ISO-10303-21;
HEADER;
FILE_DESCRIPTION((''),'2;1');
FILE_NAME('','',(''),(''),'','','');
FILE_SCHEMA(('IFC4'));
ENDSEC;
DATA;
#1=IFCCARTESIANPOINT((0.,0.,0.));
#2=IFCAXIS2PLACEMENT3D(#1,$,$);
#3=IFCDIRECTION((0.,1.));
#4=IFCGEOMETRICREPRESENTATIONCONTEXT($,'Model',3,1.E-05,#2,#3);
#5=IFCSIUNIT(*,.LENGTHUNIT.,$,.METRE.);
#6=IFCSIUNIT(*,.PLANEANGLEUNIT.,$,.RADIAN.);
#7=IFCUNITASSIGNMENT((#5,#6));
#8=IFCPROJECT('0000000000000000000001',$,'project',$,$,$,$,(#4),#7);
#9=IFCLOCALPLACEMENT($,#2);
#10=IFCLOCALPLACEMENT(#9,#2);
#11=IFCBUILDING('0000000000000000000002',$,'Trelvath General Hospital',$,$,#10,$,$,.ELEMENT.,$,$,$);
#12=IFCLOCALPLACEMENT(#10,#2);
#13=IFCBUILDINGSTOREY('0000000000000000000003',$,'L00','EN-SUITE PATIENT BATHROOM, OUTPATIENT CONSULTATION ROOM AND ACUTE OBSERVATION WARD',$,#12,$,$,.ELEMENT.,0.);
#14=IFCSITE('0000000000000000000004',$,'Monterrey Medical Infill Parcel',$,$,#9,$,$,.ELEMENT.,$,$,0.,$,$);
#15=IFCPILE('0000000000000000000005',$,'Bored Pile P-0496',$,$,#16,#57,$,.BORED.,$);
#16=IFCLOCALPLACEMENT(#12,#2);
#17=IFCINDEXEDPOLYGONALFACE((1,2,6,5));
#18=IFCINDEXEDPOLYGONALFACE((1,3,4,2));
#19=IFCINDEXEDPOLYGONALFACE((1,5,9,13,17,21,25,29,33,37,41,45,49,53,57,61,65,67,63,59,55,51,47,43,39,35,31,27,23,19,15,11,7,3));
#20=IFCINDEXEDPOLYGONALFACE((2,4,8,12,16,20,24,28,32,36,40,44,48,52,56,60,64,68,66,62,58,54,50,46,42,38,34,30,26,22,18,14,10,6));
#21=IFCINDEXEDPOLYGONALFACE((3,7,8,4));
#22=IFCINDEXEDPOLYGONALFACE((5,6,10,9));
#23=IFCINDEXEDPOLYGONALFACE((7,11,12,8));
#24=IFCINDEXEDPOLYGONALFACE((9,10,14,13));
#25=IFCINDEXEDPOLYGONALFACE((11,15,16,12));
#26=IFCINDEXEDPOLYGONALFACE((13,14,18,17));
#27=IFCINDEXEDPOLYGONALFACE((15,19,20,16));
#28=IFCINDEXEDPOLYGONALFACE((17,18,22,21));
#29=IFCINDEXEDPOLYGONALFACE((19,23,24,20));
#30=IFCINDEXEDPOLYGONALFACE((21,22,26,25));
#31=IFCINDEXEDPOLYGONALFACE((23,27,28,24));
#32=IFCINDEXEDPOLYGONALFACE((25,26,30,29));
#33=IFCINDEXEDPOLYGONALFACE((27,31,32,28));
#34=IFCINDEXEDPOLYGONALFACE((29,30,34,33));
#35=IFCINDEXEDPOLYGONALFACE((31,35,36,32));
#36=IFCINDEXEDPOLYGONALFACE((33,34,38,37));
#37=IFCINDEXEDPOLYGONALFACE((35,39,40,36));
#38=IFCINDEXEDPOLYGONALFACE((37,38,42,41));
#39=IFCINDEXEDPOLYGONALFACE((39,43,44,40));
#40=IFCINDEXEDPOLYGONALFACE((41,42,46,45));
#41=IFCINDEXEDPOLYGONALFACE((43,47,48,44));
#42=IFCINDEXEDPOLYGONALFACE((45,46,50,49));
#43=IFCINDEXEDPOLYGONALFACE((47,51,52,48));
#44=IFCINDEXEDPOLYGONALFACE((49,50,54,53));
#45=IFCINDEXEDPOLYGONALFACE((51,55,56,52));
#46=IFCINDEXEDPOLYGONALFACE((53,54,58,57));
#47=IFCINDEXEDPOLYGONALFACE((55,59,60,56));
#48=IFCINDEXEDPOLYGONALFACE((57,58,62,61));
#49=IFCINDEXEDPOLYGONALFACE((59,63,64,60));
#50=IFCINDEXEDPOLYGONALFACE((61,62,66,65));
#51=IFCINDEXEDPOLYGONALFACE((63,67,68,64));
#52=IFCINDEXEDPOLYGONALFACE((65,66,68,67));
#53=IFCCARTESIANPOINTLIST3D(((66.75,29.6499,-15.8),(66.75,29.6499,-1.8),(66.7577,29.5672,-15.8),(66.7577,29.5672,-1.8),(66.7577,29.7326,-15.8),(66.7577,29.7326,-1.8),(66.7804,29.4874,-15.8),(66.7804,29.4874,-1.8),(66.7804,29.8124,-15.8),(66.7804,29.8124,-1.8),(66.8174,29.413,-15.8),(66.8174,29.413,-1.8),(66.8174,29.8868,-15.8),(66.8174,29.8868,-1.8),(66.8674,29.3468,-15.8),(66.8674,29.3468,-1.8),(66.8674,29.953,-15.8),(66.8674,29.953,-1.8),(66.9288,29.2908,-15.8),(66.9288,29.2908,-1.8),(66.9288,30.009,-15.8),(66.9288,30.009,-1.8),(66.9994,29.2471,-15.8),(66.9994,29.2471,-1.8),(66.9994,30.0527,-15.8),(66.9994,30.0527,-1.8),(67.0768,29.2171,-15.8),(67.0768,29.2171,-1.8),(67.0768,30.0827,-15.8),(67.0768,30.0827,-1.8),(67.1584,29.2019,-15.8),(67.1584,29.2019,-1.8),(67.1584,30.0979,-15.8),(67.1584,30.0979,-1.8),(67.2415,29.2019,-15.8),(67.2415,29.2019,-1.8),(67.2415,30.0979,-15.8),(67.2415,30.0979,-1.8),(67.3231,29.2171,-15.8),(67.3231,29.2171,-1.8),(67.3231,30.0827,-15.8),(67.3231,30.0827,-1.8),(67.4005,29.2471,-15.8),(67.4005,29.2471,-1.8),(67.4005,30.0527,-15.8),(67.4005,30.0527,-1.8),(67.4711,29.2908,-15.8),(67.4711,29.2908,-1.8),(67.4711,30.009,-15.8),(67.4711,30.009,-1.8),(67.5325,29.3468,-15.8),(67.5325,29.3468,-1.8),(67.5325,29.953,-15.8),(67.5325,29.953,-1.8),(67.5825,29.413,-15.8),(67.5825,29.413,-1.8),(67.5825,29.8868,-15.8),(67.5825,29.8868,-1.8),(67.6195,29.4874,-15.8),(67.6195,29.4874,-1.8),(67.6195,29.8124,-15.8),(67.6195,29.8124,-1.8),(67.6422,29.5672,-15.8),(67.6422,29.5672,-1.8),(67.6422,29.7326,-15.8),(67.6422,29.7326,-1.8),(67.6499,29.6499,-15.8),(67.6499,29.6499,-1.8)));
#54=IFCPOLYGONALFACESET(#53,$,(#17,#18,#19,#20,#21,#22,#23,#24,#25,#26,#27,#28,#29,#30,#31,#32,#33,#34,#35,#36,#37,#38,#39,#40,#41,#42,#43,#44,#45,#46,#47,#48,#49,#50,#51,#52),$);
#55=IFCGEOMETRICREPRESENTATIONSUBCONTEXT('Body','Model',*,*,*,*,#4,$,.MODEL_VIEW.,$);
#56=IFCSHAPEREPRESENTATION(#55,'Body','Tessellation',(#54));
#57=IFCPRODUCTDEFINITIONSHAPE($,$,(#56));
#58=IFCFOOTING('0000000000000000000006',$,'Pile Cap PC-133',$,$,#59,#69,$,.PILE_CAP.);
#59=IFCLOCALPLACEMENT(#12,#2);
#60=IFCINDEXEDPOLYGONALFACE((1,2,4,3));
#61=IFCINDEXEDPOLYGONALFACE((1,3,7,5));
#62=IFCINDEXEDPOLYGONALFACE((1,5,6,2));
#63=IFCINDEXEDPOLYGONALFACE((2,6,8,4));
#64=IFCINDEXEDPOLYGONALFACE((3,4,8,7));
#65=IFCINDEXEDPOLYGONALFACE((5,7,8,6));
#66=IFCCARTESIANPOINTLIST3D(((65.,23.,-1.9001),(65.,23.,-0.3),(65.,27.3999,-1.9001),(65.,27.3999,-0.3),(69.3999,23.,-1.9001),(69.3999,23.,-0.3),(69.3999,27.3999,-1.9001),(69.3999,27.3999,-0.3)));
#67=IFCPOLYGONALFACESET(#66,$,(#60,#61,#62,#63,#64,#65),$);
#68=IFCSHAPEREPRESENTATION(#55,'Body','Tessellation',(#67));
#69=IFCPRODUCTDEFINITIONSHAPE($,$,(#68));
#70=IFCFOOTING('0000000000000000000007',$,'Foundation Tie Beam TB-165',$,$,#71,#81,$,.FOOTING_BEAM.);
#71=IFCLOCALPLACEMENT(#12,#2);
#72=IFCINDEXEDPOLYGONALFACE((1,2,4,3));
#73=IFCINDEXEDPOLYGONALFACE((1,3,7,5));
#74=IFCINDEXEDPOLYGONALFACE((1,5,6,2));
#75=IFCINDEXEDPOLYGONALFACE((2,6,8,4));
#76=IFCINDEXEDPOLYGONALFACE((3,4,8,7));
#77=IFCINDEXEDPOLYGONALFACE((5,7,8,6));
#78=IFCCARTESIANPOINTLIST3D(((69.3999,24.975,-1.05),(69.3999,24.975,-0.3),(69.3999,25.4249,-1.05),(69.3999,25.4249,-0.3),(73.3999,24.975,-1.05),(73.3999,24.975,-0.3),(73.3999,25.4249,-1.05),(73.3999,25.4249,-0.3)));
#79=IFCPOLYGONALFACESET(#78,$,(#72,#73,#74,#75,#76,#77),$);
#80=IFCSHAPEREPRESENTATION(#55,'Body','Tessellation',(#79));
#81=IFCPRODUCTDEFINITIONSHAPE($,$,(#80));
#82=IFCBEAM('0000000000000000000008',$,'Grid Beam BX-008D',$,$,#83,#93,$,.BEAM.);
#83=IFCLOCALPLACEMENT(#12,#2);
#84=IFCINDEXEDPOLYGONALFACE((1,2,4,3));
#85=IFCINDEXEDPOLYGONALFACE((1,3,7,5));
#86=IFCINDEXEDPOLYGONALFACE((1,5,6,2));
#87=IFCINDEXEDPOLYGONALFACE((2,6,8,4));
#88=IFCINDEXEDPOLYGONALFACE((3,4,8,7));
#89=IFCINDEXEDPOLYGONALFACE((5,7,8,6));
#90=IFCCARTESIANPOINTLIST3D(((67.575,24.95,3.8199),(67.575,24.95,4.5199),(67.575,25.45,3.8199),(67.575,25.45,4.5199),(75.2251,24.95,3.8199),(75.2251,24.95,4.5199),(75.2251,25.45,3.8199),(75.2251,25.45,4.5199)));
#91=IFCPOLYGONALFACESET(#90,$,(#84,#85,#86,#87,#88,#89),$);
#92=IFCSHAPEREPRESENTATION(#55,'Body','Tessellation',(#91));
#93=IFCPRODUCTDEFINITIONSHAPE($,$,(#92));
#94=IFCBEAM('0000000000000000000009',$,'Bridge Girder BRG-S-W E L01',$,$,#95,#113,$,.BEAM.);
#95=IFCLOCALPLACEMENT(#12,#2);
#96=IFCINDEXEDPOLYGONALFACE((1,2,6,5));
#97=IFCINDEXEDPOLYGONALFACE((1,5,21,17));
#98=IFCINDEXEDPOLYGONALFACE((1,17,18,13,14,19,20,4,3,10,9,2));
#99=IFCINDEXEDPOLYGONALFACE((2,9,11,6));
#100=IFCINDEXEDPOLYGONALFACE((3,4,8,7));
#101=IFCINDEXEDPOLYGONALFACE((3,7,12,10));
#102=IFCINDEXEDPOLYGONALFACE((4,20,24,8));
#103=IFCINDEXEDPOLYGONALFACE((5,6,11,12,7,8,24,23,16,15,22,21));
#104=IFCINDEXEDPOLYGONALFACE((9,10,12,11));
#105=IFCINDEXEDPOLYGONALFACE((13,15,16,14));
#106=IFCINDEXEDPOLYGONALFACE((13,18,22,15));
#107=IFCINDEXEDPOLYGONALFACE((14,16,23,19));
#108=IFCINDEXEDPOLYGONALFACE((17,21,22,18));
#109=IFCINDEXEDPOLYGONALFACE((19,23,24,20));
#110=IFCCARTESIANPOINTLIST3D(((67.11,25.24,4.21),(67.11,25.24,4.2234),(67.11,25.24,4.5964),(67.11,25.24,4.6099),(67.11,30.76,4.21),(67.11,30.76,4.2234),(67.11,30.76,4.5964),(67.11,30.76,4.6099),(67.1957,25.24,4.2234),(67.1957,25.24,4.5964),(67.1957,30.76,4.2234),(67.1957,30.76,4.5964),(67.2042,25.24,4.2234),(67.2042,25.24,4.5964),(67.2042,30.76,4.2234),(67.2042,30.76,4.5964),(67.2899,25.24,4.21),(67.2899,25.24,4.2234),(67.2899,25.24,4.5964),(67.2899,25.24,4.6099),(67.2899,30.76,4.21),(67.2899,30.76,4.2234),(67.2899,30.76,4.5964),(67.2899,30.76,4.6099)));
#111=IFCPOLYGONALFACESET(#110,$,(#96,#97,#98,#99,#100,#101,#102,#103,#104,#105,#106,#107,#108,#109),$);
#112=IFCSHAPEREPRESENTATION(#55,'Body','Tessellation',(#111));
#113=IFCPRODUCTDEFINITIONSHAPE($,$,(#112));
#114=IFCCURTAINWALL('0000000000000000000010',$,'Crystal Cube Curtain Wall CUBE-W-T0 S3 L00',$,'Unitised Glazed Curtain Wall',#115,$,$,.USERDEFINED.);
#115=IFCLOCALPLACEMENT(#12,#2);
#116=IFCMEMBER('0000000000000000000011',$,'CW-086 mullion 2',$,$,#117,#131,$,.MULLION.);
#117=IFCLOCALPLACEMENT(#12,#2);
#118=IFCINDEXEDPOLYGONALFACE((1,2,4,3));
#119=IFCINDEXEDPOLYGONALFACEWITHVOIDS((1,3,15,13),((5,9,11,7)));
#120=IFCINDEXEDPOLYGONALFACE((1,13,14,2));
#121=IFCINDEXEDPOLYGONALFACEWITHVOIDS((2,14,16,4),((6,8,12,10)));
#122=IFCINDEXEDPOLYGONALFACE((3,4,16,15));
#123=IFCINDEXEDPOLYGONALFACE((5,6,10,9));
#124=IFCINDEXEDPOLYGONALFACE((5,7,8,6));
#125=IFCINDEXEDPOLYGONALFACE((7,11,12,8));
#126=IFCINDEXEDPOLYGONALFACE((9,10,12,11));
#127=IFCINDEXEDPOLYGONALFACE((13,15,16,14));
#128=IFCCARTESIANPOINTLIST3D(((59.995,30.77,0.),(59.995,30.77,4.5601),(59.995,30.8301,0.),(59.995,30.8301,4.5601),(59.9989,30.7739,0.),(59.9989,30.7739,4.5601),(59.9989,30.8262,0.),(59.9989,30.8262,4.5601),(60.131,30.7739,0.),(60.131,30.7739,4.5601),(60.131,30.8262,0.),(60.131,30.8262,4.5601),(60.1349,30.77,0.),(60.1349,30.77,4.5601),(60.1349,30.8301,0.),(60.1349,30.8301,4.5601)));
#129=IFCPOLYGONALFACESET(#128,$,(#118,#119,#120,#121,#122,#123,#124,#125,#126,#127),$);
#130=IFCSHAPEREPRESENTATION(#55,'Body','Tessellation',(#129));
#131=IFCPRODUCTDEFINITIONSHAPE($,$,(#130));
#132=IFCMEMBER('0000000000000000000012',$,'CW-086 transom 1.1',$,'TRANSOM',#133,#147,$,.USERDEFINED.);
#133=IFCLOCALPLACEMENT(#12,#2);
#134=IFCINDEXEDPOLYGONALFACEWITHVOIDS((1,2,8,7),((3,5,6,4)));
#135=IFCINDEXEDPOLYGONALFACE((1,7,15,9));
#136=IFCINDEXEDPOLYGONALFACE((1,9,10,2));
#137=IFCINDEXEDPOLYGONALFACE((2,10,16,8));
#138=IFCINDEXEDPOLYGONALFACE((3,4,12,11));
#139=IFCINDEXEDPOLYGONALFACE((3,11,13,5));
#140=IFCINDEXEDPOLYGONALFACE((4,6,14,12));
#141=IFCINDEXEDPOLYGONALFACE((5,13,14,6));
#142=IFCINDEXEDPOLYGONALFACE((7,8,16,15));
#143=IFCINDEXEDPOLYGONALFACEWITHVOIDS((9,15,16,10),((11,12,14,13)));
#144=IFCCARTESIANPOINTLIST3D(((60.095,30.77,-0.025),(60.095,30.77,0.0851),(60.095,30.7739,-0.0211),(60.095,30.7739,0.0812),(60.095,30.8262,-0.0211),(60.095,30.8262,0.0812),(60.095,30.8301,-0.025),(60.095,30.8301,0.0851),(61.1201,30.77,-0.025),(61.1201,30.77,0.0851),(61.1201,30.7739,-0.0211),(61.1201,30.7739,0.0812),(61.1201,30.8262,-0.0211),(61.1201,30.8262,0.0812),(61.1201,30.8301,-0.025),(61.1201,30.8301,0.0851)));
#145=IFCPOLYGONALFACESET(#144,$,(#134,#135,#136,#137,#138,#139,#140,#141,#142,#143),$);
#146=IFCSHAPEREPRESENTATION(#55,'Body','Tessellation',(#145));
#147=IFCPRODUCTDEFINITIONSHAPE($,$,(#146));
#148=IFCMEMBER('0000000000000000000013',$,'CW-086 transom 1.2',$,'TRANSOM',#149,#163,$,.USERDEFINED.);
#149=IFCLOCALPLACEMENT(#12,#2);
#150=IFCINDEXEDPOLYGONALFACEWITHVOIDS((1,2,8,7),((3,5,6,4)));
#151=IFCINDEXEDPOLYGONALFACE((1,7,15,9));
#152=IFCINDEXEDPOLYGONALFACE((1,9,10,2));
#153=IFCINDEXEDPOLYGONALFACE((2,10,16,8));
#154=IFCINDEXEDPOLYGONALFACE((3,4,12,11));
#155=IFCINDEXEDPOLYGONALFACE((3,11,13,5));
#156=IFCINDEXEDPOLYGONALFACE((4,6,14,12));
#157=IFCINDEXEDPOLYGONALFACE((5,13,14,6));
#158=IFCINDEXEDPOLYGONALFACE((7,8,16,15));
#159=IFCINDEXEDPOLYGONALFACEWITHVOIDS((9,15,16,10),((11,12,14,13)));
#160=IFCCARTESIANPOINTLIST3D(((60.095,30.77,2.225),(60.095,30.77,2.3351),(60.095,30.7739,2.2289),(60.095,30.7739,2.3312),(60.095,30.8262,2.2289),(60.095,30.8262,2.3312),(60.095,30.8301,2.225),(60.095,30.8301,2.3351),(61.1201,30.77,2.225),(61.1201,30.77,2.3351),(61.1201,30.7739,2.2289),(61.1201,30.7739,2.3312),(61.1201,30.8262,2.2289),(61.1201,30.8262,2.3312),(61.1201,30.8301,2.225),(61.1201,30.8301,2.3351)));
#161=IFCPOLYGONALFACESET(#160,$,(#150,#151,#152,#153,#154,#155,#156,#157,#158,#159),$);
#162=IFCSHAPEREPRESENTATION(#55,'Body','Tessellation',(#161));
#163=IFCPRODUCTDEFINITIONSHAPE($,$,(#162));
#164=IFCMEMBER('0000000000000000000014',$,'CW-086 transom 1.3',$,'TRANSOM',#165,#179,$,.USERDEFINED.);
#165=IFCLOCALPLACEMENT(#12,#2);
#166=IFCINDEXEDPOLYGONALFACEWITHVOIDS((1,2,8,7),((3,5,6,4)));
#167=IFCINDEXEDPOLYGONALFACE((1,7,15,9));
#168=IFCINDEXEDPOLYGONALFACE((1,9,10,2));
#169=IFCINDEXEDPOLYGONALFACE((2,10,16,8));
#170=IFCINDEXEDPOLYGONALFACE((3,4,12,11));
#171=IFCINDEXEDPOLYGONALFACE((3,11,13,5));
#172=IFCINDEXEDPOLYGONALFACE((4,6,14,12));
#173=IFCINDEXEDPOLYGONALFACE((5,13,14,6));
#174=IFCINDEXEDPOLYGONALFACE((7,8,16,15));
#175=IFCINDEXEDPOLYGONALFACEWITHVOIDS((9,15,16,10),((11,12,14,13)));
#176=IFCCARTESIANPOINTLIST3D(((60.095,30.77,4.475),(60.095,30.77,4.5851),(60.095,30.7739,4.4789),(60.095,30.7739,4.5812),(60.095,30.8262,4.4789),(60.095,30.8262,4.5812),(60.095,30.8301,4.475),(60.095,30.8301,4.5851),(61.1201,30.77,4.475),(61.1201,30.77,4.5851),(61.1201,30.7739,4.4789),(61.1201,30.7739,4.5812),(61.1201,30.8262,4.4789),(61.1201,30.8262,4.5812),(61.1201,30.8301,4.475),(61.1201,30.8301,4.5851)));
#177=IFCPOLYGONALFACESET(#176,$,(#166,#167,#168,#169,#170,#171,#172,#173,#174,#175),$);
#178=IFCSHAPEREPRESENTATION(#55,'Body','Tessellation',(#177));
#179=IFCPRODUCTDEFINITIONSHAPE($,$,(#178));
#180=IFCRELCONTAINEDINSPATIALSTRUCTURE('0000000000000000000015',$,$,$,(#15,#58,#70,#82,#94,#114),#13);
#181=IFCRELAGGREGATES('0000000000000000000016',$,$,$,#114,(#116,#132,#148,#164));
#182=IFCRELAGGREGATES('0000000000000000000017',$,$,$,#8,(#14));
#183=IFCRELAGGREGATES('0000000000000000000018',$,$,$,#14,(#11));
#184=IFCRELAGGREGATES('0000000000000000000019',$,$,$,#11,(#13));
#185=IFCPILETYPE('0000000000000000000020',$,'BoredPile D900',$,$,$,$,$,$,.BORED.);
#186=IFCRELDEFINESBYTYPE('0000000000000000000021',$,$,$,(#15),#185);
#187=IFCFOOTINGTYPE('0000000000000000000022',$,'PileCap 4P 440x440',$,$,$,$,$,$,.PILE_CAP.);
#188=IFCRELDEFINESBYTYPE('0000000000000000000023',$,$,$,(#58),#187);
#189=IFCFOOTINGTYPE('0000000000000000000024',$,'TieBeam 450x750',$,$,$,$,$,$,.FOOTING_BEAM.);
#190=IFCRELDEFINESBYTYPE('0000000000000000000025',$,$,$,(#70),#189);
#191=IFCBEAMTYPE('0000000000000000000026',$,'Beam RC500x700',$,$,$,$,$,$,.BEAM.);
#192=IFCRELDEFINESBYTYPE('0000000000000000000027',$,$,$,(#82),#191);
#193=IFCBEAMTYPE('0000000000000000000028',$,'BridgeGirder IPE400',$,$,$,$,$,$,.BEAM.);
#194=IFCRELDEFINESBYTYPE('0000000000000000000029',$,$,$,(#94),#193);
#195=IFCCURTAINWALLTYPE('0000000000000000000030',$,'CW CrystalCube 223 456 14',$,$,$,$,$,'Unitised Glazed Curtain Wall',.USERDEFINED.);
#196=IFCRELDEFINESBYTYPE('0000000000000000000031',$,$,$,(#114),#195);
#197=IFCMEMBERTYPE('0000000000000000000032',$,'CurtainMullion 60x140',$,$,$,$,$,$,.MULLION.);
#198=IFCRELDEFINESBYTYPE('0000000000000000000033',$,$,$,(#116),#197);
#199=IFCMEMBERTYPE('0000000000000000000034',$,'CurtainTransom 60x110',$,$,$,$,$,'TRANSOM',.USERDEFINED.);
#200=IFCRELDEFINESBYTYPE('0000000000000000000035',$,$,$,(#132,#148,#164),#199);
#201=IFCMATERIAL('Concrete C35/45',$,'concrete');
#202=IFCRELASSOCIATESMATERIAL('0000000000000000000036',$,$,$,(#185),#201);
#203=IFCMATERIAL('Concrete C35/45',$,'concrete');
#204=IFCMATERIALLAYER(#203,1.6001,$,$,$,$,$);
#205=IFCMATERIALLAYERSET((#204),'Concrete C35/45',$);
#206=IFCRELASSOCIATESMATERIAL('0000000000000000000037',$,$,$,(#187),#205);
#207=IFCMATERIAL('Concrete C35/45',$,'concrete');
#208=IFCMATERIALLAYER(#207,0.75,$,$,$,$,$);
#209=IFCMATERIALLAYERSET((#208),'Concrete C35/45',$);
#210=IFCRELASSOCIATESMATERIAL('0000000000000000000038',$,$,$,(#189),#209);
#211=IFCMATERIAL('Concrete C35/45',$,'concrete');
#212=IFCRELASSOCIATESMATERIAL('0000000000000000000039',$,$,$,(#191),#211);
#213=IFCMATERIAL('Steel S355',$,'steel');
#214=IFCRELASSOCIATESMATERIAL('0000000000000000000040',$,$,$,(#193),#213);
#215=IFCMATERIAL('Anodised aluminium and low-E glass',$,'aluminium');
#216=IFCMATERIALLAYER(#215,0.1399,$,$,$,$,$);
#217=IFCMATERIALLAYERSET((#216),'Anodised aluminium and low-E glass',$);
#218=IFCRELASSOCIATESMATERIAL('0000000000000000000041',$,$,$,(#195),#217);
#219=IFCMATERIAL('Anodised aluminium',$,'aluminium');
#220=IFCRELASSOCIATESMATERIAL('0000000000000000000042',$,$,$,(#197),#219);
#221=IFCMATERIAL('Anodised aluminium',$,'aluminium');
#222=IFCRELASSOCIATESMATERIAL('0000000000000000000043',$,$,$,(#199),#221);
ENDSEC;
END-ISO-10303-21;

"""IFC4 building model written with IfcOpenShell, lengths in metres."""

from ifc_helpers import new_model, si_unit, direction, frame, origin, origin_2d, place, context, subcontext, project, spatial, rectangle, hollow_rectangle, circle, i_section, extrude, material, layer, layer_set, material_profile, profile_set, type_object, element, aggregate, save


model = new_model("IFC4")

# Units and contexts
model_context = context("Model", 3, precision=1e-05, world=origin(), true_north=direction((0.0, 1.0)))
body_context = subcontext(model_context, "Body", "Model", "MODEL_VIEW")
ifc_project = project(units=[si_unit("LENGTHUNIT", "METRE"), si_unit("PLANEANGLEUNIT", "RADIAN")], contexts=[model_context])

# Site, building, storey
site_placement = place(None, origin())
site = spatial("IfcSite", under=ifc_project, at=site_placement, Name="Monterrey Medical Infill Parcel", CompositionType="ELEMENT", RefElevation=0.0)
building_placement = place(site_placement, origin())
building = spatial("IfcBuilding", under=site, at=building_placement, Name="Trelvath General Hospital", CompositionType="ELEMENT")
storey_placement = place(building_placement, origin())
storey = spatial("IfcBuildingStorey", under=building, at=storey_placement, Name="L00", Description="EN-SUITE PATIENT BATHROOM, OUTPATIENT CONSULTATION ROOM AND ACUTE OBSERVATION WARD", CompositionType="ELEMENT", Elevation=0.0)

# Pile
ifc_material_1 = material(Name="Concrete C35/45", Category="concrete")
ifc_material_profile_1 = material_profile(ifc_material_1, circle(Radius=0.45, at=origin_2d()), Name="PILE900")
ifc_profile_set_1 = profile_set([ifc_material_profile_1], Name="Concrete C35/45")
pile_type_1 = type_object("IfcPileType", Name="BoredPile D900", PredefinedType="BORED", material=ifc_profile_set_1)
for number, where, z_axis, x_axis, name in (
    (1, (67.2, 29.6499, -1.8), (0.0, 0.0, -1.0), (1.0, 0.0, 0.0), "Bored Pile P-0496"),
):
    element("IfcPile", number, at=place(storey_placement, frame(where, z_axis=z_axis, x_axis=x_axis)), inside=storey, type_object=pile_type_1, Name=name, PredefinedType="BORED", context=body_context, shape_type="SweptSolid", body=[
        extrude(circle(Radius=0.45, at=origin_2d()), origin(), (0.0, 0.0, 1.0), 14.0),
    ])

# Footings
ifc_material_2 = material(Name="Concrete C35/45", Category="concrete")
ifc_layer_1 = layer(ifc_material_2, 1.6001)
ifc_layer_set_1 = layer_set([ifc_layer_1], Name="Concrete C35/45")
footing_type_1 = type_object("IfcFootingType", Name="PileCap 4P 440x440", PredefinedType="PILE_CAP", material=ifc_layer_set_1)
footing_1_placement = place(storey_placement, frame((67.2, 25.2, -1.9001), z_axis=(0.0, 0.0, 1.0), x_axis=(1.0, 0.0, 0.0)))
element("IfcFooting", 2, at=footing_1_placement, inside=storey, type_object=footing_type_1, Name="Pile Cap PC-133", PredefinedType="PILE_CAP", context=body_context, shape_type="SweptSolid", body=[
    extrude(rectangle(XDim=4.3999, YDim=4.3999, at=origin_2d()), origin(), (0.0, 0.0, 1.0), 1.6001),
])
ifc_material_3 = material(Name="Concrete C35/45", Category="concrete")
ifc_layer_2 = layer(ifc_material_3, 0.75)
ifc_layer_set_2 = layer_set([ifc_layer_2], Name="Concrete C35/45")
footing_type_2 = type_object("IfcFootingType", Name="TieBeam 450x750", PredefinedType="FOOTING_BEAM", material=ifc_layer_set_2)
footing_2_placement = place(storey_placement, frame((71.3999, 25.2, -1.05), z_axis=(0.0, 0.0, 1.0), x_axis=(1.0, 0.0, 0.0)))
element("IfcFooting", 3, at=footing_2_placement, inside=storey, type_object=footing_type_2, Name="Foundation Tie Beam TB-165", PredefinedType="FOOTING_BEAM", context=body_context, shape_type="SweptSolid", body=[
    extrude(rectangle(XDim=4.0, YDim=0.45, at=origin_2d()), origin(), (0.0, 0.0, 1.0), 0.75),
])

# Beams
ifc_material_4 = material(Name="Concrete C35/45", Category="concrete")
ifc_material_profile_2 = material_profile(ifc_material_4, rectangle(XDim=0.5, YDim=0.7, at=origin_2d()), Name="RCB500x700")
ifc_profile_set_2 = profile_set([ifc_material_profile_2], Name="Concrete C35/45")
beam_type_1 = type_object("IfcBeamType", Name="Beam RC500x700", PredefinedType="BEAM", material=ifc_profile_set_2)
beam_1_placement = place(storey_placement, frame((67.575, 25.2, 4.1699), z_axis=(1.0, 0.0, 0.0), x_axis=(0.0, 1.0, 0.0)))
element("IfcBeam", 4, at=beam_1_placement, inside=storey, type_object=beam_type_1, Name="Grid Beam BX-008D", PredefinedType="BEAM", context=body_context, shape_type="SweptSolid", body=[
    extrude(rectangle(XDim=0.5, YDim=0.7, at=origin_2d()), origin(), (0.0, 0.0, 1.0), 7.6501),
])
ifc_material_5 = material(Name="Steel S355", Category="steel")
ifc_material_profile_3 = material_profile(ifc_material_5, i_section(OverallWidth=0.1799, OverallDepth=0.3999, WebThickness=0.0085, FlangeThickness=0.0134, at=origin_2d()), Name="IPE400")
ifc_profile_set_3 = profile_set([ifc_material_profile_3], Name="Steel S355")
beam_type_2 = type_object("IfcBeamType", Name="BridgeGirder IPE400", PredefinedType="BEAM", material=ifc_profile_set_3)
beam_2_placement = place(storey_placement, frame((67.2, 25.24, 4.4099), z_axis=(0.0, 1.0, 0.0), x_axis=(-1.0, 0.0, 0.0)))
element("IfcBeam", 5, at=beam_2_placement, inside=storey, type_object=beam_type_2, Name="Bridge Girder BRG-S-W E L01", PredefinedType="BEAM", context=body_context, shape_type="SweptSolid", body=[
    extrude(i_section(OverallWidth=0.1799, OverallDepth=0.3999, WebThickness=0.0085, FlangeThickness=0.0134, at=origin_2d()), origin(), (0.0, 0.0, 1.0), 5.52),
])

# Curtain wall, members
ifc_material_6 = material(Name="Anodised aluminium and low-E glass", Category="aluminium")
ifc_layer_3 = layer(ifc_material_6, 0.1399)
ifc_layer_set_3 = layer_set([ifc_layer_3], Name="Anodised aluminium and low-E glass")
curtain_wall_type = type_object("IfcCurtainWallType", Name="CW CrystalCube 223 456 14", ElementType="Unitised Glazed Curtain Wall", PredefinedType="USERDEFINED", material=ifc_layer_set_3)
curtain_wall_placement = place(storey_placement, origin())
curtain_wall = element("IfcCurtainWall", 6, at=curtain_wall_placement, inside=storey, type_object=curtain_wall_type, Name="Crystal Cube Curtain Wall CUBE-W-T0 S3 L00", ObjectType="Unitised Glazed Curtain Wall", PredefinedType="USERDEFINED")
ifc_material_7 = material(Name="Anodised aluminium", Category="aluminium")
ifc_material_profile_4 = material_profile(ifc_material_7, hollow_rectangle(XDim=0.0601, YDim=0.1399, WallThickness=0.0039, at=origin_2d()), Name="RHS60x140x4")
ifc_profile_set_4 = profile_set([ifc_material_profile_4], Name="Anodised aluminium")
member_type_1 = type_object("IfcMemberType", Name="CurtainMullion 60x140", PredefinedType="MULLION", material=ifc_profile_set_4)
member_1_placement = place(storey_placement, frame((60.0649, 30.8, 0.0), z_axis=(0.0, 0.0, 1.0), x_axis=(0.0, -1.0, 0.0)))
member_1 = element("IfcMember", 7, at=member_1_placement, type_object=member_type_1, Name="CW-086 mullion 2", PredefinedType="MULLION", context=body_context, shape_type="SweptSolid", body=[
    extrude(hollow_rectangle(XDim=0.0601, YDim=0.1399, WallThickness=0.0039, at=origin_2d()), origin(), (0.0, 0.0, 1.0), 4.5601),
])
ifc_material_8 = material(Name="Anodised aluminium", Category="aluminium")
ifc_material_profile_5 = material_profile(ifc_material_8, hollow_rectangle(XDim=0.0601, YDim=0.1101, WallThickness=0.0039, at=origin_2d()), Name="RHS60x110x4")
ifc_profile_set_5 = profile_set([ifc_material_profile_5], Name="Anodised aluminium")
member_type_2 = type_object("IfcMemberType", Name="CurtainTransom 60x110", ElementType="TRANSOM", PredefinedType="USERDEFINED", material=ifc_profile_set_5)
member_2_placement = place(storey_placement, frame((61.1201, 30.8, 0.03), z_axis=(-1.0, 0.0, 0.0), x_axis=(0.0, -1.0, 0.0)))
member_2 = element("IfcMember", 8, at=member_2_placement, type_object=member_type_2, Name="CW-086 transom 1.1", ObjectType="TRANSOM", PredefinedType="USERDEFINED", context=body_context, shape_type="SweptSolid", body=[
    extrude(hollow_rectangle(XDim=0.0601, YDim=0.1101, WallThickness=0.0039, at=origin_2d()), origin(), (0.0, 0.0, 1.0), 1.0251),
])
member_3_placement = place(storey_placement, frame((61.1201, 30.8, 2.28), z_axis=(-1.0, 0.0, 0.0), x_axis=(0.0, -1.0, 0.0)))
member_3 = element("IfcMember", 9, at=member_3_placement, type_object=member_type_2, Name="CW-086 transom 1.2", ObjectType="TRANSOM", PredefinedType="USERDEFINED", context=body_context, shape_type="SweptSolid", body=[
    extrude(hollow_rectangle(XDim=0.0601, YDim=0.1101, WallThickness=0.0039, at=origin_2d()), origin(), (0.0, 0.0, 1.0), 1.0251),
])
member_4_placement = place(storey_placement, frame((61.1201, 30.8, 4.53), z_axis=(-1.0, 0.0, 0.0), x_axis=(0.0, -1.0, 0.0)))
member_4 = element("IfcMember", 10, at=member_4_placement, type_object=member_type_2, Name="CW-086 transom 1.3", ObjectType="TRANSOM", PredefinedType="USERDEFINED", context=body_context, shape_type="SweptSolid", body=[
    extrude(hollow_rectangle(XDim=0.0601, YDim=0.1101, WallThickness=0.0039, at=origin_2d()), origin(), (0.0, 0.0, 1.0), 1.0251),
])

aggregate(curtain_wall, [member_1, member_2, member_3, member_4])

save(model, "model.ifc")
